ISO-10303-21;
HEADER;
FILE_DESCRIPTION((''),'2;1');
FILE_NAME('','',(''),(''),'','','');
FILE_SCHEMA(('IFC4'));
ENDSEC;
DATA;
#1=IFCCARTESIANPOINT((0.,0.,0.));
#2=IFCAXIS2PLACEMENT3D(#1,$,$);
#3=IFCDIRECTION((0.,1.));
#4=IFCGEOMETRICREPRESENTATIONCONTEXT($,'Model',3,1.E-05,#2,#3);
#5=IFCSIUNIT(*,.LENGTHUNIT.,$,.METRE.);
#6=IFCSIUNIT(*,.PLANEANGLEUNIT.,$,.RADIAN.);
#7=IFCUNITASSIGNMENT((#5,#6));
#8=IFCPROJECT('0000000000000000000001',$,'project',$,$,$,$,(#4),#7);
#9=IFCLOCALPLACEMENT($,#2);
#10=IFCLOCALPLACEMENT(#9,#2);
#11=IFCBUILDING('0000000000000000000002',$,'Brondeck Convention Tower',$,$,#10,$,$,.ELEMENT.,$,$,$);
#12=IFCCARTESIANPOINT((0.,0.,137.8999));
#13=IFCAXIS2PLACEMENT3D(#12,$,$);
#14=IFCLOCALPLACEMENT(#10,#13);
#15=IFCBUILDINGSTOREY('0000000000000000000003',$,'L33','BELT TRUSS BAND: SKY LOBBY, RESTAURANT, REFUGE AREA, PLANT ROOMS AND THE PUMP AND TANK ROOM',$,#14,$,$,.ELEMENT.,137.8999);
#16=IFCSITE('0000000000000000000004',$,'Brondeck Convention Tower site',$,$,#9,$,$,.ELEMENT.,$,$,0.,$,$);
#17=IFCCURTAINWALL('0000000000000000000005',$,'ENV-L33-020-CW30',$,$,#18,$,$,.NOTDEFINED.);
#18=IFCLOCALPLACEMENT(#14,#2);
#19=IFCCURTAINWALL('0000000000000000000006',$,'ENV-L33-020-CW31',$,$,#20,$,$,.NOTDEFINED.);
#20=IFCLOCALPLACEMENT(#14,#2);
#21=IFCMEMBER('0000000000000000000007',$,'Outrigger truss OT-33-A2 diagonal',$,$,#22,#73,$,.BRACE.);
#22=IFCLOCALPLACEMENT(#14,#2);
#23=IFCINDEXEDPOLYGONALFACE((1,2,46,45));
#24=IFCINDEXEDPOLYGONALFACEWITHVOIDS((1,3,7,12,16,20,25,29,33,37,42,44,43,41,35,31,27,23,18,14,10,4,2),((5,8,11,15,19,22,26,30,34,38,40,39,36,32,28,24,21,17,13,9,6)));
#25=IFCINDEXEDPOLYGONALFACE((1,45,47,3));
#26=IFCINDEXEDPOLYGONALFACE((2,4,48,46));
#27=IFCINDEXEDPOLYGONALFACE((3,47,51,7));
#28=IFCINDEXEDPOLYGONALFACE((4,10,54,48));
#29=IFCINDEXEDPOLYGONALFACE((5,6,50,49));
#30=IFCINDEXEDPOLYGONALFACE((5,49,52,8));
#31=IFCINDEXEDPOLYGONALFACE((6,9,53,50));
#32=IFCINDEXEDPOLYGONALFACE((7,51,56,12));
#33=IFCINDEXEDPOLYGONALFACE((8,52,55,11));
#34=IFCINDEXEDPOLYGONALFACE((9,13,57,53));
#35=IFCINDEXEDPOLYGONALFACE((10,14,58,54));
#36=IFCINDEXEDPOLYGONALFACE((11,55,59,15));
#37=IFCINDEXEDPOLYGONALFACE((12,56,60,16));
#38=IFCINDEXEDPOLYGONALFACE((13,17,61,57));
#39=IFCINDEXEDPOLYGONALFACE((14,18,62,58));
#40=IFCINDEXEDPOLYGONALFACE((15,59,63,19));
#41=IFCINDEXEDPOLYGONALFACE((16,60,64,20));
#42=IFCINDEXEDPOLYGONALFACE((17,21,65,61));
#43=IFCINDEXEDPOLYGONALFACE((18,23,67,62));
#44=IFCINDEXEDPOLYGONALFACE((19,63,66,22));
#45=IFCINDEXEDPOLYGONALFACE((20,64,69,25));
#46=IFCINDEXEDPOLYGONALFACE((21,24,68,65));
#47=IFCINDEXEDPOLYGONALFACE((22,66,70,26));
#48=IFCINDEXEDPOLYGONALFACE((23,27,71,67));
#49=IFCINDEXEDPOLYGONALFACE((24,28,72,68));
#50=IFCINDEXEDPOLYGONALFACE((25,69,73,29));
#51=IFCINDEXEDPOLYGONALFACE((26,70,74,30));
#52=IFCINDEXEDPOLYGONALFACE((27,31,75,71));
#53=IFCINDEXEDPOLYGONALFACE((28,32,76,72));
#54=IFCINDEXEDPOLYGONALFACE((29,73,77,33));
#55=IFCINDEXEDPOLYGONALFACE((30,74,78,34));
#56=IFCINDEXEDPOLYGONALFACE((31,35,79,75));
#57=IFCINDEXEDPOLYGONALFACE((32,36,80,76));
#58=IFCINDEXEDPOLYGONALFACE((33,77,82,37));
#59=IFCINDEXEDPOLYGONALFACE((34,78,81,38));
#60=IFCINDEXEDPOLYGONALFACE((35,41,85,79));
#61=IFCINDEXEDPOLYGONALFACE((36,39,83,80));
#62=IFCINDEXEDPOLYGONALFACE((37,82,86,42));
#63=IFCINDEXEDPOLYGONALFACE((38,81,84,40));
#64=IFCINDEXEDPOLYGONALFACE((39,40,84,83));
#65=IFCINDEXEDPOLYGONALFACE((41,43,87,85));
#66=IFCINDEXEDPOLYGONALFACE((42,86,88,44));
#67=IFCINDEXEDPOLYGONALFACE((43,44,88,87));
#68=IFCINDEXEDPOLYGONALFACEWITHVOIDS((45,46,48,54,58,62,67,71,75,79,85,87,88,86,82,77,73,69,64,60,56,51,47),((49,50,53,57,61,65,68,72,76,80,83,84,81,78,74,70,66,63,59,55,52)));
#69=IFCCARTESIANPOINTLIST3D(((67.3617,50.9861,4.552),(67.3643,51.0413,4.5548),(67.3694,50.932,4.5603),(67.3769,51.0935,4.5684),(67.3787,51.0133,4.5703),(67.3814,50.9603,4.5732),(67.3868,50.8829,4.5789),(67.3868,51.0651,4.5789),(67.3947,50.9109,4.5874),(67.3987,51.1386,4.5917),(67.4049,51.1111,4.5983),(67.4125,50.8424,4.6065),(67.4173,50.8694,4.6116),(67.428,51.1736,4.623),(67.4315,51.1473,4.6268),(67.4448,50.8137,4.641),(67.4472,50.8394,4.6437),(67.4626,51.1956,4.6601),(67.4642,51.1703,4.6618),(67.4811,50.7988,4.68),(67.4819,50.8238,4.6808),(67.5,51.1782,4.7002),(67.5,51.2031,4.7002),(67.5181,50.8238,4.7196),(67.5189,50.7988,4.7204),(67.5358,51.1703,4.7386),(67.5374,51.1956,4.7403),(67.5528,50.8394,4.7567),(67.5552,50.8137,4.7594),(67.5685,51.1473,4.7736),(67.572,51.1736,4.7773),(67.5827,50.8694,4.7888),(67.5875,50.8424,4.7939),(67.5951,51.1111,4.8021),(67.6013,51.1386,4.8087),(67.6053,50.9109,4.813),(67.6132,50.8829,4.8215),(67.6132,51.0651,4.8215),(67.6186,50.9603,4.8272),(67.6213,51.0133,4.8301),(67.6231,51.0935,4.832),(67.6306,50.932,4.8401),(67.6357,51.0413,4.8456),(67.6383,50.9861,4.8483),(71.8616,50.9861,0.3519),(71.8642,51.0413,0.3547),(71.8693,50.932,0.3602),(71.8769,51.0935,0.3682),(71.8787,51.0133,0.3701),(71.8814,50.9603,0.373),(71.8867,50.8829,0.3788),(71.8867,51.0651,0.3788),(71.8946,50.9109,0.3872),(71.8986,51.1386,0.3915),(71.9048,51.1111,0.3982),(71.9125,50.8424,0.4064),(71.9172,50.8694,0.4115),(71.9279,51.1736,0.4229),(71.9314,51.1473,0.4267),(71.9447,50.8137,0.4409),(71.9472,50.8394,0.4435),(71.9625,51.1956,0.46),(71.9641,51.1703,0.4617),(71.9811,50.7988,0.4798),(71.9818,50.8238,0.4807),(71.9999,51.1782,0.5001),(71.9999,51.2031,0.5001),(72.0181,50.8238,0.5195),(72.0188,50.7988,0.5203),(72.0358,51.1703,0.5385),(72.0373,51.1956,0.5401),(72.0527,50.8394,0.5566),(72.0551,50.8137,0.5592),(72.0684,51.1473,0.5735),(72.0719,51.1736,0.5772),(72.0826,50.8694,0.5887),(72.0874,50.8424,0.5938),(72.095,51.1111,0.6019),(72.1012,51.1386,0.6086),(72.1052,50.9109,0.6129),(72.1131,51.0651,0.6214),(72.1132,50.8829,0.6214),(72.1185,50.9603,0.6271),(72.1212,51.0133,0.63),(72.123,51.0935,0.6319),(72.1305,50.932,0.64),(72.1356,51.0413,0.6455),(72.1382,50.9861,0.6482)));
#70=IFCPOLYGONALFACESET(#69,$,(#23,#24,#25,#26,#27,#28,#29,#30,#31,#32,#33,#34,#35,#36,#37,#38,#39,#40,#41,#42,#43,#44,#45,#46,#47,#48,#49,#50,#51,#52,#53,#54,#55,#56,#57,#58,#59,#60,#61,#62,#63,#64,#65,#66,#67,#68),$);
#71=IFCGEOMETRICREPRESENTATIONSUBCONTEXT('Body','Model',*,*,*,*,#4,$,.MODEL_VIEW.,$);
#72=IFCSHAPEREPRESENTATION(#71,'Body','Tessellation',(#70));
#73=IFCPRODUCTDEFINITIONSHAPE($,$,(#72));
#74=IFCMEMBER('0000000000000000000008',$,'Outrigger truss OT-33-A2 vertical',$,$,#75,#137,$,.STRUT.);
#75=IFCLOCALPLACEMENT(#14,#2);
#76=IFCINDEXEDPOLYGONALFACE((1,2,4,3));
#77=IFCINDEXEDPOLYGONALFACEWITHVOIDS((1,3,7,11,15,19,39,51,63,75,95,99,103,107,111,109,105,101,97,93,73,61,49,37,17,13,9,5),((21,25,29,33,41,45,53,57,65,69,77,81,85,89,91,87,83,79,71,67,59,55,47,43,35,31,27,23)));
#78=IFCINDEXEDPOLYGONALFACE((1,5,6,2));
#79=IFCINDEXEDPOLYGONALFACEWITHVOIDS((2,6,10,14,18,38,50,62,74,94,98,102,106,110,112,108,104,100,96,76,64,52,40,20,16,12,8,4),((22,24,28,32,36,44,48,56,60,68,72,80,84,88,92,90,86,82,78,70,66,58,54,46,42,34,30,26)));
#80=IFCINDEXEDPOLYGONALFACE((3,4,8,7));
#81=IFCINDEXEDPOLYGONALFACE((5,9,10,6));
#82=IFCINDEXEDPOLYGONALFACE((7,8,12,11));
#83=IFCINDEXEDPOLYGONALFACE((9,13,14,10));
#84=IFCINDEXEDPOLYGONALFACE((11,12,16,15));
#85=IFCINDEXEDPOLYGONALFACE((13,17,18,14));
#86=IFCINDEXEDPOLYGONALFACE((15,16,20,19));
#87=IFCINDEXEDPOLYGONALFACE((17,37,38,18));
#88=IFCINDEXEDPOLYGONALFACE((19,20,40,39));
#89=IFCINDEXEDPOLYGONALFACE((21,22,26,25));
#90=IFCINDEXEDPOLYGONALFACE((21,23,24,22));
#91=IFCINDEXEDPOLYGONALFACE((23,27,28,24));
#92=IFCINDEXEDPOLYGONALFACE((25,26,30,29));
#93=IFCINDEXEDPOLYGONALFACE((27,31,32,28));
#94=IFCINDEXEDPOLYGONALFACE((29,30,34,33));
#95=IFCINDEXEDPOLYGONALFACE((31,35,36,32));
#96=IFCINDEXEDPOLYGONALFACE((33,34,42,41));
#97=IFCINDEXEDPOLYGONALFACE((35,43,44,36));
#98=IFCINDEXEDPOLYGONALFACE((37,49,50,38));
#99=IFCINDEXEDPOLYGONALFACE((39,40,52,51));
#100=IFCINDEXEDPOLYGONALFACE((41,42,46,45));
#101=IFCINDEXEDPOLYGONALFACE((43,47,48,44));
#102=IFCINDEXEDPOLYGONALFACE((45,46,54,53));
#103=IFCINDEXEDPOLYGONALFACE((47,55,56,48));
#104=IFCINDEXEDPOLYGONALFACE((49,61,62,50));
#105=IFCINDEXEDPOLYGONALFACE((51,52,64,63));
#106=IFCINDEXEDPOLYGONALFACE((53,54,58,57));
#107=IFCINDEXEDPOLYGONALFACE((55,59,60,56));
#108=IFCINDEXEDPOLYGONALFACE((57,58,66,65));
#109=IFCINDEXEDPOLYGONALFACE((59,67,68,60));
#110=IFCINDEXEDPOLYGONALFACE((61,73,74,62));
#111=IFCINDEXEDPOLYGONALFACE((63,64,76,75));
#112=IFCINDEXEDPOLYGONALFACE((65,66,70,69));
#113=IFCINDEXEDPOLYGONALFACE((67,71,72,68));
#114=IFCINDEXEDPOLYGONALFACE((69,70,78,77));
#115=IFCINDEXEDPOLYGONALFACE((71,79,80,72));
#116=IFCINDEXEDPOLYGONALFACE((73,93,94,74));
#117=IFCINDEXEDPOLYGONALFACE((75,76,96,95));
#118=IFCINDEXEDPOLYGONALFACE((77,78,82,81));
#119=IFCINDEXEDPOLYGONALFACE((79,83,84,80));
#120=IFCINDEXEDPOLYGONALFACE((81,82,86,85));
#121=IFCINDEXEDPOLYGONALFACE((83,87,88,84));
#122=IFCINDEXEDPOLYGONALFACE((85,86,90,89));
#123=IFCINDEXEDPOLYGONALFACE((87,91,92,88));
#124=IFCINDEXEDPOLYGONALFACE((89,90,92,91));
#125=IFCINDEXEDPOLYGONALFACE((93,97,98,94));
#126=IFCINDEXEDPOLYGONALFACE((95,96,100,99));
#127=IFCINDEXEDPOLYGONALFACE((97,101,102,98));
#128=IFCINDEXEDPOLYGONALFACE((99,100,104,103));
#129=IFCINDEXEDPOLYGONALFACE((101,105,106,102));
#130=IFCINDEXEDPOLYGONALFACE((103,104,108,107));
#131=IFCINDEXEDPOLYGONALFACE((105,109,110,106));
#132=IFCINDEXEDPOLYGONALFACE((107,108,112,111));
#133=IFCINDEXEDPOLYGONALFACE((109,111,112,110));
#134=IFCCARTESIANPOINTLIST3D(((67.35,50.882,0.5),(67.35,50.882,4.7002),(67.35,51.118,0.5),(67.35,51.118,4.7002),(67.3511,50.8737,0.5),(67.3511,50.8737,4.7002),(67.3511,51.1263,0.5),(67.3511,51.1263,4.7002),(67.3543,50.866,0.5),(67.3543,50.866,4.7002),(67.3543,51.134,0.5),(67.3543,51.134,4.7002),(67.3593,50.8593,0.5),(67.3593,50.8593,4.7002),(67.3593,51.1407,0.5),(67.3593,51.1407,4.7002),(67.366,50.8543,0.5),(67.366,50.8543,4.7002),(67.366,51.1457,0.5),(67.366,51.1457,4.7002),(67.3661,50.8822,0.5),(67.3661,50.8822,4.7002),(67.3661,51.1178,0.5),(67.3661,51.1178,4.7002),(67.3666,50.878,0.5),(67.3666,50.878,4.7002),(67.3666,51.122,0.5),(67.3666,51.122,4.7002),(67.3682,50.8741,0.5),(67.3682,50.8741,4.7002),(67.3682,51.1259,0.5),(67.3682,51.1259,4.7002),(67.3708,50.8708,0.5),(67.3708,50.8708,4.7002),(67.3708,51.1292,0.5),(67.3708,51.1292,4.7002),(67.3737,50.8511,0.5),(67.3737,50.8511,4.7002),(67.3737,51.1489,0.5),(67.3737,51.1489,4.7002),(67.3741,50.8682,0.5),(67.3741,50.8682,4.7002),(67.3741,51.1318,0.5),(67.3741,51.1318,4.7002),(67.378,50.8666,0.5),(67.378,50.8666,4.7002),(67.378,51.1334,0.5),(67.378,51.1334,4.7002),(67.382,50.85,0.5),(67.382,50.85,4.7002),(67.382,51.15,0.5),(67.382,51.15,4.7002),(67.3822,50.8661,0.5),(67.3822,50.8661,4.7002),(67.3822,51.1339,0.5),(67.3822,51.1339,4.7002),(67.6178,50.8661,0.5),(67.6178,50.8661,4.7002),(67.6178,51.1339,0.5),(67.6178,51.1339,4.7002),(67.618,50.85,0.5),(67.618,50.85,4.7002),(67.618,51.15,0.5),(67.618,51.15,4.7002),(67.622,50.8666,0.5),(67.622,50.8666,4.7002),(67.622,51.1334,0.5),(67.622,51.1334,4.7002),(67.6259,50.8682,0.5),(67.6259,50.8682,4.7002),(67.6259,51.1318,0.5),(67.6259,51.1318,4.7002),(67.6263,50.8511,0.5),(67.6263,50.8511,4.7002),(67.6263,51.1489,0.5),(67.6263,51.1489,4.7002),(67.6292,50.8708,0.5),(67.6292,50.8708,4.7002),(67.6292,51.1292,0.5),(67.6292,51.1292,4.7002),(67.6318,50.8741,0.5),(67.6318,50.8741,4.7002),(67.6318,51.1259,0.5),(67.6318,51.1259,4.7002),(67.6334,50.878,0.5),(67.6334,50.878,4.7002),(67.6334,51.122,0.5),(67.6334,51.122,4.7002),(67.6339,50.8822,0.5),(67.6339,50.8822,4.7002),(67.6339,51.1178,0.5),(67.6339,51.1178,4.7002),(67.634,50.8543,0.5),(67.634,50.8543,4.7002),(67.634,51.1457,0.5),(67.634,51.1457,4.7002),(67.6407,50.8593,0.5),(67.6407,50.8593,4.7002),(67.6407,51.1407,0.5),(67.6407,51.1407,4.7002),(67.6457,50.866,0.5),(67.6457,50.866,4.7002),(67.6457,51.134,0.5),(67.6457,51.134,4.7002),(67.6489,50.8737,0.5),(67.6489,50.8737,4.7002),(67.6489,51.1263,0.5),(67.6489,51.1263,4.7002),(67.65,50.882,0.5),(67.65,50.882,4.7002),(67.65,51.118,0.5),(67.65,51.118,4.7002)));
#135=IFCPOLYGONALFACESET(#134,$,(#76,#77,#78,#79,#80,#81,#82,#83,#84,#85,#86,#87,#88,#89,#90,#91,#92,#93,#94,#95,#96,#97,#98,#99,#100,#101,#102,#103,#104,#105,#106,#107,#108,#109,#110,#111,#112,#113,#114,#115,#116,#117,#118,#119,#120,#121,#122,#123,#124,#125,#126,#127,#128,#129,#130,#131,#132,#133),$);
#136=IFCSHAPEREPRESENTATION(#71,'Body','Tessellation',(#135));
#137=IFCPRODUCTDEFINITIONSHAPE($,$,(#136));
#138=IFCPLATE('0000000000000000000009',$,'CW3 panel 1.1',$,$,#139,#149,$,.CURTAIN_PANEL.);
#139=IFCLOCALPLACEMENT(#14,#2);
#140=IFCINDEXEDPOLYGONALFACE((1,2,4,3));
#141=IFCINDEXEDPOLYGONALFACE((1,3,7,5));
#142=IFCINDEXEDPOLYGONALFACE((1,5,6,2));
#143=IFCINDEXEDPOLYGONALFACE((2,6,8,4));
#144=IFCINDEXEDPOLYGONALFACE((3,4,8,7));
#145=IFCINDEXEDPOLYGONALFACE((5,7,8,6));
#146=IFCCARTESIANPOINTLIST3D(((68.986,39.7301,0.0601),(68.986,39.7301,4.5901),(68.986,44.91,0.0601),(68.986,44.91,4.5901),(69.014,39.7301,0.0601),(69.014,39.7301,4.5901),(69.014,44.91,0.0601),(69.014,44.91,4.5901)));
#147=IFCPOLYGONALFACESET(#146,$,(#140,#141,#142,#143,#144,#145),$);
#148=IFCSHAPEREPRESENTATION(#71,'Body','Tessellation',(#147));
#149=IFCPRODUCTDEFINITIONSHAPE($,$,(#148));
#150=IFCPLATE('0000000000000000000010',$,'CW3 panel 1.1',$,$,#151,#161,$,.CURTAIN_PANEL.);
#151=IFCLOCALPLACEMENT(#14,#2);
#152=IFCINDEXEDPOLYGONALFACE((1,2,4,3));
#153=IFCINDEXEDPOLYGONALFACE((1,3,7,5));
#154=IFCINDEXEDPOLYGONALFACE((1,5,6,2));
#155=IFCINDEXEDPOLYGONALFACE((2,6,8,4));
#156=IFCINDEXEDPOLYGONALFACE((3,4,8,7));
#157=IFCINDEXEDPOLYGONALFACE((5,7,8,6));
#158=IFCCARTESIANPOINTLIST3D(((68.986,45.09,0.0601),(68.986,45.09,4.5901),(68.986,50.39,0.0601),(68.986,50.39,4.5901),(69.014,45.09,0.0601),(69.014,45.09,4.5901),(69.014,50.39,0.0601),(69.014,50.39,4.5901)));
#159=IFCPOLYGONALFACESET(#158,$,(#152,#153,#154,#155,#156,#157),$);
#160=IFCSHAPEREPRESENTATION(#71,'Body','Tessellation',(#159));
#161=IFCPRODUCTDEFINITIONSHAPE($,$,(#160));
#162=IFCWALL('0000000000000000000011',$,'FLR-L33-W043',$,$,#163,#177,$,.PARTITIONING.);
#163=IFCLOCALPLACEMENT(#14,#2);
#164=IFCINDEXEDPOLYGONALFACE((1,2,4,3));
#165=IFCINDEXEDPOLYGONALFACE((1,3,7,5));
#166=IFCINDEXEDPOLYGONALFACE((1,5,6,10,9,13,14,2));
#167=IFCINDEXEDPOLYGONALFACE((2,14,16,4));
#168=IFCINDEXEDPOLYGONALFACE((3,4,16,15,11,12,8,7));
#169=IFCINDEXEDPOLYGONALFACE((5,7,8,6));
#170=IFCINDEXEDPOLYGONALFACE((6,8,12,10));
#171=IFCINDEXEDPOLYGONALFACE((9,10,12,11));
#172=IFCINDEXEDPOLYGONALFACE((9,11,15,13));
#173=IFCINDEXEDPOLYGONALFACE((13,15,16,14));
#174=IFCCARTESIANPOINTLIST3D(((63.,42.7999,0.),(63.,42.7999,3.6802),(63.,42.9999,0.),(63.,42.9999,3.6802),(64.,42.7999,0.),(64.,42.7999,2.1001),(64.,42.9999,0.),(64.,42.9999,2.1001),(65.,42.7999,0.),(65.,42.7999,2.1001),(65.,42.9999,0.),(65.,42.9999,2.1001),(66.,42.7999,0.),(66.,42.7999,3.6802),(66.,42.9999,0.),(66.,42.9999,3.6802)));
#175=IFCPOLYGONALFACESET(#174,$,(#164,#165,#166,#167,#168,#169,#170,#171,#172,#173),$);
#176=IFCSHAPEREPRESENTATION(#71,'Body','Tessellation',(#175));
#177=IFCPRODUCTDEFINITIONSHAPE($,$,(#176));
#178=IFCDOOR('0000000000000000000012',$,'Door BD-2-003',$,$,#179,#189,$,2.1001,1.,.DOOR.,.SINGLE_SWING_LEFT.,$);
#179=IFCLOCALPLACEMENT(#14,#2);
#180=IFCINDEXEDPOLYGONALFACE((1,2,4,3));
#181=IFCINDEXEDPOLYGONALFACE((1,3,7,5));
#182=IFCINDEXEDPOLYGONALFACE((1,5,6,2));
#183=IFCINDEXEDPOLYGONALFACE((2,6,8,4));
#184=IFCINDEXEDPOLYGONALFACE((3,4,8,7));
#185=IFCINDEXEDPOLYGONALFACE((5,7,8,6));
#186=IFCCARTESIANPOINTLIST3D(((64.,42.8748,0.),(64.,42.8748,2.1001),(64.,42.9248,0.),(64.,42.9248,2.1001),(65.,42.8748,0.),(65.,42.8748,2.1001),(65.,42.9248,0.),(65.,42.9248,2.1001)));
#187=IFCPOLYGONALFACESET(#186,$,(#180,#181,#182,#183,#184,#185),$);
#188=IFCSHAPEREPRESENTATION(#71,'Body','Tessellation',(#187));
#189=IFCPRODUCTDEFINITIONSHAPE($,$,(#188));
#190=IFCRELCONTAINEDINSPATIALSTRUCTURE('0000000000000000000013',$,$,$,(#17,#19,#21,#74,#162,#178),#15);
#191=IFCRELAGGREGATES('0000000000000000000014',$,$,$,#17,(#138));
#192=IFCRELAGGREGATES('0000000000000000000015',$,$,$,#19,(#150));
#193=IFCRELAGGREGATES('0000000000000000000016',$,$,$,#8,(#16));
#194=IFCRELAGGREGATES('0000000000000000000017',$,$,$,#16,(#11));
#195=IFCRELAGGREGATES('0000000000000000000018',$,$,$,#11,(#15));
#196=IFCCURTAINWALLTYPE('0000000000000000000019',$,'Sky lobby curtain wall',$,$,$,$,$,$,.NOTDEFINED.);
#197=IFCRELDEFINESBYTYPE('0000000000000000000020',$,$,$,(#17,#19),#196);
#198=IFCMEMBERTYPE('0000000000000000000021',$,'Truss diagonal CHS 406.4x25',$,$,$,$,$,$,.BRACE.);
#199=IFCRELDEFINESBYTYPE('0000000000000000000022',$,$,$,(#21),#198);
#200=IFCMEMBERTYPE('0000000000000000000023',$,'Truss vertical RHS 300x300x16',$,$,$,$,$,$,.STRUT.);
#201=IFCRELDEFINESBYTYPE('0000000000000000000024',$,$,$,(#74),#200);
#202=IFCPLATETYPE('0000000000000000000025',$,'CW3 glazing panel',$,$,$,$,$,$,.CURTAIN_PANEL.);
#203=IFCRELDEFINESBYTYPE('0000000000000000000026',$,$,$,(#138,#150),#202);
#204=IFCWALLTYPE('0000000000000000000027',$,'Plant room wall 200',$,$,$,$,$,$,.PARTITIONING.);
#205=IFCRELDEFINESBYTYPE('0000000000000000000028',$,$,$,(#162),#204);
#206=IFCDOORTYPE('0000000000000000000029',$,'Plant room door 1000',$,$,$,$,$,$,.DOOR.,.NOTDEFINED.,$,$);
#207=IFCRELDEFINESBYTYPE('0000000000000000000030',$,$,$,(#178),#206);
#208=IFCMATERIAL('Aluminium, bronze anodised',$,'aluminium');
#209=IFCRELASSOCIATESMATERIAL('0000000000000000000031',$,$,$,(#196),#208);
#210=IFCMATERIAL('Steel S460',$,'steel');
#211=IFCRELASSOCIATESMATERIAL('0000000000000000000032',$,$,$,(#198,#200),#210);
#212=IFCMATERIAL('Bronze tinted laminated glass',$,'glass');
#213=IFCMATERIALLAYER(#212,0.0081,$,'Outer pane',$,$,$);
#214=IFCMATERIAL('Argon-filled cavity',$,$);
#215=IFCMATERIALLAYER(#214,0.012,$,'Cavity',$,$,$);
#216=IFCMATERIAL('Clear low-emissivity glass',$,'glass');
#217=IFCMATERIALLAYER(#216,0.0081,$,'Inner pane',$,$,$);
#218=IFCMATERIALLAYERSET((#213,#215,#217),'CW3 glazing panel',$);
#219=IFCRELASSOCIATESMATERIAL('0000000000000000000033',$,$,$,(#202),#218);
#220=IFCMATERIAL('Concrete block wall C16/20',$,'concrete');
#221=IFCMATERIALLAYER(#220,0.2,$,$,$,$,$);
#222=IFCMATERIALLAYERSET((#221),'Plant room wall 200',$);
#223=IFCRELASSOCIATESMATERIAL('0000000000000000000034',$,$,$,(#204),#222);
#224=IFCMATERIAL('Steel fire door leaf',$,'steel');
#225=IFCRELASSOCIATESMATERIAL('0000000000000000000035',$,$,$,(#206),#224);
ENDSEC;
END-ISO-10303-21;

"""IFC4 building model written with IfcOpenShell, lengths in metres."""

from ifc_helpers import new_model, si_unit, direction, frame, frame_2d, origin, origin_2d, place, context, subcontext, project, spatial, rectangle, hollow_rectangle, hollow_circle, extrude, material, layer, layer_set, material_profile, profile_set, type_object, element, fill, aggregate, save


model = new_model("IFC4")

# Units and contexts
model_context = context("Model", 3, precision=1e-05, world=origin(), true_north=direction((0.0, 1.0)))
body_context = subcontext(model_context, "Body", "Model", "MODEL_VIEW")
ifc_project = project(units=[si_unit("LENGTHUNIT", "METRE"), si_unit("PLANEANGLEUNIT", "RADIAN")], contexts=[model_context])

# Site, building, storey
site_placement = place(None, origin())
site = spatial("IfcSite", under=ifc_project, at=site_placement, Name="Brondeck Convention Tower site", CompositionType="ELEMENT", RefElevation=0.0)
building_placement = place(site_placement, origin())
building = spatial("IfcBuilding", under=site, at=building_placement, Name="Brondeck Convention Tower", CompositionType="ELEMENT")
storey_placement = place(building_placement, frame((0.0, 0.0, 137.8999)))
storey = spatial("IfcBuildingStorey", under=building, at=storey_placement, Name="L33", Description="BELT TRUSS BAND: SKY LOBBY, RESTAURANT, REFUGE AREA, PLANT ROOMS AND THE PUMP AND TANK ROOM", CompositionType="ELEMENT", Elevation=137.8999)

# Curtain walls
ifc_material_1 = material(Name="Aluminium, bronze anodised", Category="aluminium")
curtain_wall_type = type_object("IfcCurtainWallType", Name="Sky lobby curtain wall", PredefinedType="NOTDEFINED", material=ifc_material_1)
curtain_wall_1_placement = place(storey_placement, origin())
curtain_wall_1 = element("IfcCurtainWall", 1, at=curtain_wall_1_placement, inside=storey, type_object=curtain_wall_type, Name="ENV-L33-020-CW30", PredefinedType="NOTDEFINED")
curtain_wall_2_placement = place(storey_placement, origin())
curtain_wall_2 = element("IfcCurtainWall", 2, at=curtain_wall_2_placement, inside=storey, type_object=curtain_wall_type, Name="ENV-L33-020-CW31", PredefinedType="NOTDEFINED")

# Members
ifc_material_2 = material(Name="Steel S460", Category="steel")
ifc_material_profile_1 = material_profile(ifc_material_2, hollow_circle(Radius=0.2031, WallThickness=0.0249, at=origin_2d()), Name="CHS 406.4x25")
ifc_profile_set_1 = profile_set([ifc_material_profile_1], Name="Steel S460")
member_type_1 = type_object("IfcMemberType", Name="Truss diagonal CHS 406.4x25", PredefinedType="BRACE", material=ifc_profile_set_1)
for number, where, z_axis, x_axis, name in (
    (3, (67.5, 51.0, 4.7002), (0.731039, 0.0, -0.682335), (0.0, 1.0, 0.0), "Outrigger truss OT-33-A2 diagonal"),
):
    element("IfcMember", number, at=place(storey_placement, frame(where, z_axis=z_axis, x_axis=x_axis)), inside=storey, type_object=member_type_1, Name=name, PredefinedType="BRACE", context=body_context, shape_type="SweptSolid", body=[
        extrude(hollow_circle(Radius=0.2031, WallThickness=0.0249, at=origin_2d()), origin(), (0.0, 0.0, 1.0), 6.1555),
    ])
ifc_material_profile_2 = material_profile(ifc_material_2, hollow_rectangle(XDim=0.3, YDim=0.3, WallThickness=0.0161, InnerFilletRadius=0.0161, OuterFilletRadius=0.032, at=origin_2d()), Name="RHS 300x300x16")
ifc_profile_set_2 = profile_set([ifc_material_profile_2], Name="Steel S460")
member_type_2 = type_object("IfcMemberType", Name="Truss vertical RHS 300x300x16", PredefinedType="STRUT", material=ifc_profile_set_2)
member_1_placement = place(storey_placement, frame((67.5, 51.0, 0.5), z_axis=(0.0, 0.0, 1.0), x_axis=(1.0, 0.0, 0.0)))
element("IfcMember", 4, at=member_1_placement, inside=storey, type_object=member_type_2, Name="Outrigger truss OT-33-A2 vertical", PredefinedType="STRUT", context=body_context, shape_type="SweptSolid", body=[
    extrude(hollow_rectangle(XDim=0.3, YDim=0.3, WallThickness=0.0161, InnerFilletRadius=0.0161, OuterFilletRadius=0.032, at=origin_2d()), origin(), (0.0, 0.0, 1.0), 4.2002),
])

# Plates
ifc_material_3 = material(Name="Bronze tinted laminated glass", Category="glass")
ifc_layer_1 = layer(ifc_material_3, 0.0081, Name="Outer pane")
ifc_material_4 = material(Name="Argon-filled cavity")
ifc_layer_2 = layer(ifc_material_4, 0.012, Name="Cavity")
ifc_material_5 = material(Name="Clear low-emissivity glass", Category="glass")
ifc_layer_3 = layer(ifc_material_5, 0.0081, Name="Inner pane")
ifc_layer_set_1 = layer_set([ifc_layer_1, ifc_layer_2, ifc_layer_3], Name="CW3 glazing panel")
plate_type = type_object("IfcPlateType", Name="CW3 glazing panel", PredefinedType="CURTAIN_PANEL", material=ifc_layer_set_1)
plate_1_placement = place(storey_placement, frame((69.0, 42.3201, 0.0601), z_axis=(0.0, 0.0, 1.0), x_axis=(0.0, -1.0, 0.0)))
plate_1 = element("IfcPlate", 5, at=plate_1_placement, type_object=plate_type, Name="CW3 panel 1.1", PredefinedType="CURTAIN_PANEL", context=body_context, shape_type="SweptSolid", body=[
    extrude(rectangle(XDim=5.1799, YDim=0.0281, at=origin_2d()), origin(), (0.0, 0.0, 1.0), 4.53),
])
aggregate(curtain_wall_1, [plate_1])
plate_2_placement = place(storey_placement, frame((69.0, 47.74, 0.0601), z_axis=(0.0, 0.0, 1.0), x_axis=(0.0, -1.0, 0.0)))
plate_2 = element("IfcPlate", 6, at=plate_2_placement, type_object=plate_type, Name="CW3 panel 1.1", PredefinedType="CURTAIN_PANEL", context=body_context, shape_type="SweptSolid", body=[
    extrude(rectangle(XDim=5.3, YDim=0.0281, at=origin_2d()), origin(), (0.0, 0.0, 1.0), 4.53),
])
aggregate(curtain_wall_2, [plate_2])

# Wall, opening, door
ifc_material_6 = material(Name="Concrete block wall C16/20", Category="concrete")
ifc_layer_4 = layer(ifc_material_6, 0.2)
ifc_layer_set_2 = layer_set([ifc_layer_4], Name="Plant room wall 200")
wall_type_1 = type_object("IfcWallType", Name="Plant room wall 200", PredefinedType="PARTITIONING", material=ifc_layer_set_2)
wall_1_placement = place(storey_placement, frame((63.0, 42.8999, 0.0), z_axis=(0.0, 0.0, 1.0), x_axis=(1.0, 0.0, 0.0)))
wall_1 = element("IfcWall", 7, at=wall_1_placement, inside=storey, type_object=wall_type_1, Name="FLR-L33-W043", PredefinedType="PARTITIONING", context=body_context, shape_type="SweptSolid", body=[
    extrude(rectangle(XDim=3.0, YDim=0.2, at=frame_2d((1.5, 0.0))), origin(), (0.0, 0.0, 1.0), 3.6802),
])
opening_placement = place(wall_1_placement, frame((1.0, 0.0, 0.0)))
opening = element("IfcOpeningElement", 8, at=opening_placement, cuts=wall_1, PredefinedType="OPENING", context=body_context, shape_type="SweptSolid", body=[
    extrude(rectangle(XDim=1.0, YDim=2.1001, at=frame_2d((0.5, 1.05))), frame((0.0, 0.1099, 0.0), z_axis=(0.0, -1.0, 0.0), x_axis=(1.0, 0.0, 0.0)), (0.0, 0.0, 1.0), 0.22),
])
ifc_material_7 = material(Name="Steel fire door leaf", Category="steel")
door_type = type_object("IfcDoorType", Name="Plant room door 1000", OperationType="NOTDEFINED", PredefinedType="DOOR", material=ifc_material_7)
door_placement = place(opening_placement, origin())
door = element("IfcDoor", 9, at=door_placement, inside=storey, type_object=door_type, Name="Door BD-2-003", OperationType="SINGLE_SWING_LEFT", OverallHeight=2.1001, OverallWidth=1.0, PredefinedType="DOOR", context=body_context, shape_type="SweptSolid", body=[
    extrude(rectangle(XDim=1.0, YDim=2.1001, at=frame_2d((0.5, 1.05))), frame((0.0, 0.0249, 0.0), z_axis=(0.0, -1.0, 0.0), x_axis=(1.0, 0.0, 0.0)), (0.0, 0.0, 1.0), 0.05),
])
fill(opening, door)

save(model, "model.ifc")
